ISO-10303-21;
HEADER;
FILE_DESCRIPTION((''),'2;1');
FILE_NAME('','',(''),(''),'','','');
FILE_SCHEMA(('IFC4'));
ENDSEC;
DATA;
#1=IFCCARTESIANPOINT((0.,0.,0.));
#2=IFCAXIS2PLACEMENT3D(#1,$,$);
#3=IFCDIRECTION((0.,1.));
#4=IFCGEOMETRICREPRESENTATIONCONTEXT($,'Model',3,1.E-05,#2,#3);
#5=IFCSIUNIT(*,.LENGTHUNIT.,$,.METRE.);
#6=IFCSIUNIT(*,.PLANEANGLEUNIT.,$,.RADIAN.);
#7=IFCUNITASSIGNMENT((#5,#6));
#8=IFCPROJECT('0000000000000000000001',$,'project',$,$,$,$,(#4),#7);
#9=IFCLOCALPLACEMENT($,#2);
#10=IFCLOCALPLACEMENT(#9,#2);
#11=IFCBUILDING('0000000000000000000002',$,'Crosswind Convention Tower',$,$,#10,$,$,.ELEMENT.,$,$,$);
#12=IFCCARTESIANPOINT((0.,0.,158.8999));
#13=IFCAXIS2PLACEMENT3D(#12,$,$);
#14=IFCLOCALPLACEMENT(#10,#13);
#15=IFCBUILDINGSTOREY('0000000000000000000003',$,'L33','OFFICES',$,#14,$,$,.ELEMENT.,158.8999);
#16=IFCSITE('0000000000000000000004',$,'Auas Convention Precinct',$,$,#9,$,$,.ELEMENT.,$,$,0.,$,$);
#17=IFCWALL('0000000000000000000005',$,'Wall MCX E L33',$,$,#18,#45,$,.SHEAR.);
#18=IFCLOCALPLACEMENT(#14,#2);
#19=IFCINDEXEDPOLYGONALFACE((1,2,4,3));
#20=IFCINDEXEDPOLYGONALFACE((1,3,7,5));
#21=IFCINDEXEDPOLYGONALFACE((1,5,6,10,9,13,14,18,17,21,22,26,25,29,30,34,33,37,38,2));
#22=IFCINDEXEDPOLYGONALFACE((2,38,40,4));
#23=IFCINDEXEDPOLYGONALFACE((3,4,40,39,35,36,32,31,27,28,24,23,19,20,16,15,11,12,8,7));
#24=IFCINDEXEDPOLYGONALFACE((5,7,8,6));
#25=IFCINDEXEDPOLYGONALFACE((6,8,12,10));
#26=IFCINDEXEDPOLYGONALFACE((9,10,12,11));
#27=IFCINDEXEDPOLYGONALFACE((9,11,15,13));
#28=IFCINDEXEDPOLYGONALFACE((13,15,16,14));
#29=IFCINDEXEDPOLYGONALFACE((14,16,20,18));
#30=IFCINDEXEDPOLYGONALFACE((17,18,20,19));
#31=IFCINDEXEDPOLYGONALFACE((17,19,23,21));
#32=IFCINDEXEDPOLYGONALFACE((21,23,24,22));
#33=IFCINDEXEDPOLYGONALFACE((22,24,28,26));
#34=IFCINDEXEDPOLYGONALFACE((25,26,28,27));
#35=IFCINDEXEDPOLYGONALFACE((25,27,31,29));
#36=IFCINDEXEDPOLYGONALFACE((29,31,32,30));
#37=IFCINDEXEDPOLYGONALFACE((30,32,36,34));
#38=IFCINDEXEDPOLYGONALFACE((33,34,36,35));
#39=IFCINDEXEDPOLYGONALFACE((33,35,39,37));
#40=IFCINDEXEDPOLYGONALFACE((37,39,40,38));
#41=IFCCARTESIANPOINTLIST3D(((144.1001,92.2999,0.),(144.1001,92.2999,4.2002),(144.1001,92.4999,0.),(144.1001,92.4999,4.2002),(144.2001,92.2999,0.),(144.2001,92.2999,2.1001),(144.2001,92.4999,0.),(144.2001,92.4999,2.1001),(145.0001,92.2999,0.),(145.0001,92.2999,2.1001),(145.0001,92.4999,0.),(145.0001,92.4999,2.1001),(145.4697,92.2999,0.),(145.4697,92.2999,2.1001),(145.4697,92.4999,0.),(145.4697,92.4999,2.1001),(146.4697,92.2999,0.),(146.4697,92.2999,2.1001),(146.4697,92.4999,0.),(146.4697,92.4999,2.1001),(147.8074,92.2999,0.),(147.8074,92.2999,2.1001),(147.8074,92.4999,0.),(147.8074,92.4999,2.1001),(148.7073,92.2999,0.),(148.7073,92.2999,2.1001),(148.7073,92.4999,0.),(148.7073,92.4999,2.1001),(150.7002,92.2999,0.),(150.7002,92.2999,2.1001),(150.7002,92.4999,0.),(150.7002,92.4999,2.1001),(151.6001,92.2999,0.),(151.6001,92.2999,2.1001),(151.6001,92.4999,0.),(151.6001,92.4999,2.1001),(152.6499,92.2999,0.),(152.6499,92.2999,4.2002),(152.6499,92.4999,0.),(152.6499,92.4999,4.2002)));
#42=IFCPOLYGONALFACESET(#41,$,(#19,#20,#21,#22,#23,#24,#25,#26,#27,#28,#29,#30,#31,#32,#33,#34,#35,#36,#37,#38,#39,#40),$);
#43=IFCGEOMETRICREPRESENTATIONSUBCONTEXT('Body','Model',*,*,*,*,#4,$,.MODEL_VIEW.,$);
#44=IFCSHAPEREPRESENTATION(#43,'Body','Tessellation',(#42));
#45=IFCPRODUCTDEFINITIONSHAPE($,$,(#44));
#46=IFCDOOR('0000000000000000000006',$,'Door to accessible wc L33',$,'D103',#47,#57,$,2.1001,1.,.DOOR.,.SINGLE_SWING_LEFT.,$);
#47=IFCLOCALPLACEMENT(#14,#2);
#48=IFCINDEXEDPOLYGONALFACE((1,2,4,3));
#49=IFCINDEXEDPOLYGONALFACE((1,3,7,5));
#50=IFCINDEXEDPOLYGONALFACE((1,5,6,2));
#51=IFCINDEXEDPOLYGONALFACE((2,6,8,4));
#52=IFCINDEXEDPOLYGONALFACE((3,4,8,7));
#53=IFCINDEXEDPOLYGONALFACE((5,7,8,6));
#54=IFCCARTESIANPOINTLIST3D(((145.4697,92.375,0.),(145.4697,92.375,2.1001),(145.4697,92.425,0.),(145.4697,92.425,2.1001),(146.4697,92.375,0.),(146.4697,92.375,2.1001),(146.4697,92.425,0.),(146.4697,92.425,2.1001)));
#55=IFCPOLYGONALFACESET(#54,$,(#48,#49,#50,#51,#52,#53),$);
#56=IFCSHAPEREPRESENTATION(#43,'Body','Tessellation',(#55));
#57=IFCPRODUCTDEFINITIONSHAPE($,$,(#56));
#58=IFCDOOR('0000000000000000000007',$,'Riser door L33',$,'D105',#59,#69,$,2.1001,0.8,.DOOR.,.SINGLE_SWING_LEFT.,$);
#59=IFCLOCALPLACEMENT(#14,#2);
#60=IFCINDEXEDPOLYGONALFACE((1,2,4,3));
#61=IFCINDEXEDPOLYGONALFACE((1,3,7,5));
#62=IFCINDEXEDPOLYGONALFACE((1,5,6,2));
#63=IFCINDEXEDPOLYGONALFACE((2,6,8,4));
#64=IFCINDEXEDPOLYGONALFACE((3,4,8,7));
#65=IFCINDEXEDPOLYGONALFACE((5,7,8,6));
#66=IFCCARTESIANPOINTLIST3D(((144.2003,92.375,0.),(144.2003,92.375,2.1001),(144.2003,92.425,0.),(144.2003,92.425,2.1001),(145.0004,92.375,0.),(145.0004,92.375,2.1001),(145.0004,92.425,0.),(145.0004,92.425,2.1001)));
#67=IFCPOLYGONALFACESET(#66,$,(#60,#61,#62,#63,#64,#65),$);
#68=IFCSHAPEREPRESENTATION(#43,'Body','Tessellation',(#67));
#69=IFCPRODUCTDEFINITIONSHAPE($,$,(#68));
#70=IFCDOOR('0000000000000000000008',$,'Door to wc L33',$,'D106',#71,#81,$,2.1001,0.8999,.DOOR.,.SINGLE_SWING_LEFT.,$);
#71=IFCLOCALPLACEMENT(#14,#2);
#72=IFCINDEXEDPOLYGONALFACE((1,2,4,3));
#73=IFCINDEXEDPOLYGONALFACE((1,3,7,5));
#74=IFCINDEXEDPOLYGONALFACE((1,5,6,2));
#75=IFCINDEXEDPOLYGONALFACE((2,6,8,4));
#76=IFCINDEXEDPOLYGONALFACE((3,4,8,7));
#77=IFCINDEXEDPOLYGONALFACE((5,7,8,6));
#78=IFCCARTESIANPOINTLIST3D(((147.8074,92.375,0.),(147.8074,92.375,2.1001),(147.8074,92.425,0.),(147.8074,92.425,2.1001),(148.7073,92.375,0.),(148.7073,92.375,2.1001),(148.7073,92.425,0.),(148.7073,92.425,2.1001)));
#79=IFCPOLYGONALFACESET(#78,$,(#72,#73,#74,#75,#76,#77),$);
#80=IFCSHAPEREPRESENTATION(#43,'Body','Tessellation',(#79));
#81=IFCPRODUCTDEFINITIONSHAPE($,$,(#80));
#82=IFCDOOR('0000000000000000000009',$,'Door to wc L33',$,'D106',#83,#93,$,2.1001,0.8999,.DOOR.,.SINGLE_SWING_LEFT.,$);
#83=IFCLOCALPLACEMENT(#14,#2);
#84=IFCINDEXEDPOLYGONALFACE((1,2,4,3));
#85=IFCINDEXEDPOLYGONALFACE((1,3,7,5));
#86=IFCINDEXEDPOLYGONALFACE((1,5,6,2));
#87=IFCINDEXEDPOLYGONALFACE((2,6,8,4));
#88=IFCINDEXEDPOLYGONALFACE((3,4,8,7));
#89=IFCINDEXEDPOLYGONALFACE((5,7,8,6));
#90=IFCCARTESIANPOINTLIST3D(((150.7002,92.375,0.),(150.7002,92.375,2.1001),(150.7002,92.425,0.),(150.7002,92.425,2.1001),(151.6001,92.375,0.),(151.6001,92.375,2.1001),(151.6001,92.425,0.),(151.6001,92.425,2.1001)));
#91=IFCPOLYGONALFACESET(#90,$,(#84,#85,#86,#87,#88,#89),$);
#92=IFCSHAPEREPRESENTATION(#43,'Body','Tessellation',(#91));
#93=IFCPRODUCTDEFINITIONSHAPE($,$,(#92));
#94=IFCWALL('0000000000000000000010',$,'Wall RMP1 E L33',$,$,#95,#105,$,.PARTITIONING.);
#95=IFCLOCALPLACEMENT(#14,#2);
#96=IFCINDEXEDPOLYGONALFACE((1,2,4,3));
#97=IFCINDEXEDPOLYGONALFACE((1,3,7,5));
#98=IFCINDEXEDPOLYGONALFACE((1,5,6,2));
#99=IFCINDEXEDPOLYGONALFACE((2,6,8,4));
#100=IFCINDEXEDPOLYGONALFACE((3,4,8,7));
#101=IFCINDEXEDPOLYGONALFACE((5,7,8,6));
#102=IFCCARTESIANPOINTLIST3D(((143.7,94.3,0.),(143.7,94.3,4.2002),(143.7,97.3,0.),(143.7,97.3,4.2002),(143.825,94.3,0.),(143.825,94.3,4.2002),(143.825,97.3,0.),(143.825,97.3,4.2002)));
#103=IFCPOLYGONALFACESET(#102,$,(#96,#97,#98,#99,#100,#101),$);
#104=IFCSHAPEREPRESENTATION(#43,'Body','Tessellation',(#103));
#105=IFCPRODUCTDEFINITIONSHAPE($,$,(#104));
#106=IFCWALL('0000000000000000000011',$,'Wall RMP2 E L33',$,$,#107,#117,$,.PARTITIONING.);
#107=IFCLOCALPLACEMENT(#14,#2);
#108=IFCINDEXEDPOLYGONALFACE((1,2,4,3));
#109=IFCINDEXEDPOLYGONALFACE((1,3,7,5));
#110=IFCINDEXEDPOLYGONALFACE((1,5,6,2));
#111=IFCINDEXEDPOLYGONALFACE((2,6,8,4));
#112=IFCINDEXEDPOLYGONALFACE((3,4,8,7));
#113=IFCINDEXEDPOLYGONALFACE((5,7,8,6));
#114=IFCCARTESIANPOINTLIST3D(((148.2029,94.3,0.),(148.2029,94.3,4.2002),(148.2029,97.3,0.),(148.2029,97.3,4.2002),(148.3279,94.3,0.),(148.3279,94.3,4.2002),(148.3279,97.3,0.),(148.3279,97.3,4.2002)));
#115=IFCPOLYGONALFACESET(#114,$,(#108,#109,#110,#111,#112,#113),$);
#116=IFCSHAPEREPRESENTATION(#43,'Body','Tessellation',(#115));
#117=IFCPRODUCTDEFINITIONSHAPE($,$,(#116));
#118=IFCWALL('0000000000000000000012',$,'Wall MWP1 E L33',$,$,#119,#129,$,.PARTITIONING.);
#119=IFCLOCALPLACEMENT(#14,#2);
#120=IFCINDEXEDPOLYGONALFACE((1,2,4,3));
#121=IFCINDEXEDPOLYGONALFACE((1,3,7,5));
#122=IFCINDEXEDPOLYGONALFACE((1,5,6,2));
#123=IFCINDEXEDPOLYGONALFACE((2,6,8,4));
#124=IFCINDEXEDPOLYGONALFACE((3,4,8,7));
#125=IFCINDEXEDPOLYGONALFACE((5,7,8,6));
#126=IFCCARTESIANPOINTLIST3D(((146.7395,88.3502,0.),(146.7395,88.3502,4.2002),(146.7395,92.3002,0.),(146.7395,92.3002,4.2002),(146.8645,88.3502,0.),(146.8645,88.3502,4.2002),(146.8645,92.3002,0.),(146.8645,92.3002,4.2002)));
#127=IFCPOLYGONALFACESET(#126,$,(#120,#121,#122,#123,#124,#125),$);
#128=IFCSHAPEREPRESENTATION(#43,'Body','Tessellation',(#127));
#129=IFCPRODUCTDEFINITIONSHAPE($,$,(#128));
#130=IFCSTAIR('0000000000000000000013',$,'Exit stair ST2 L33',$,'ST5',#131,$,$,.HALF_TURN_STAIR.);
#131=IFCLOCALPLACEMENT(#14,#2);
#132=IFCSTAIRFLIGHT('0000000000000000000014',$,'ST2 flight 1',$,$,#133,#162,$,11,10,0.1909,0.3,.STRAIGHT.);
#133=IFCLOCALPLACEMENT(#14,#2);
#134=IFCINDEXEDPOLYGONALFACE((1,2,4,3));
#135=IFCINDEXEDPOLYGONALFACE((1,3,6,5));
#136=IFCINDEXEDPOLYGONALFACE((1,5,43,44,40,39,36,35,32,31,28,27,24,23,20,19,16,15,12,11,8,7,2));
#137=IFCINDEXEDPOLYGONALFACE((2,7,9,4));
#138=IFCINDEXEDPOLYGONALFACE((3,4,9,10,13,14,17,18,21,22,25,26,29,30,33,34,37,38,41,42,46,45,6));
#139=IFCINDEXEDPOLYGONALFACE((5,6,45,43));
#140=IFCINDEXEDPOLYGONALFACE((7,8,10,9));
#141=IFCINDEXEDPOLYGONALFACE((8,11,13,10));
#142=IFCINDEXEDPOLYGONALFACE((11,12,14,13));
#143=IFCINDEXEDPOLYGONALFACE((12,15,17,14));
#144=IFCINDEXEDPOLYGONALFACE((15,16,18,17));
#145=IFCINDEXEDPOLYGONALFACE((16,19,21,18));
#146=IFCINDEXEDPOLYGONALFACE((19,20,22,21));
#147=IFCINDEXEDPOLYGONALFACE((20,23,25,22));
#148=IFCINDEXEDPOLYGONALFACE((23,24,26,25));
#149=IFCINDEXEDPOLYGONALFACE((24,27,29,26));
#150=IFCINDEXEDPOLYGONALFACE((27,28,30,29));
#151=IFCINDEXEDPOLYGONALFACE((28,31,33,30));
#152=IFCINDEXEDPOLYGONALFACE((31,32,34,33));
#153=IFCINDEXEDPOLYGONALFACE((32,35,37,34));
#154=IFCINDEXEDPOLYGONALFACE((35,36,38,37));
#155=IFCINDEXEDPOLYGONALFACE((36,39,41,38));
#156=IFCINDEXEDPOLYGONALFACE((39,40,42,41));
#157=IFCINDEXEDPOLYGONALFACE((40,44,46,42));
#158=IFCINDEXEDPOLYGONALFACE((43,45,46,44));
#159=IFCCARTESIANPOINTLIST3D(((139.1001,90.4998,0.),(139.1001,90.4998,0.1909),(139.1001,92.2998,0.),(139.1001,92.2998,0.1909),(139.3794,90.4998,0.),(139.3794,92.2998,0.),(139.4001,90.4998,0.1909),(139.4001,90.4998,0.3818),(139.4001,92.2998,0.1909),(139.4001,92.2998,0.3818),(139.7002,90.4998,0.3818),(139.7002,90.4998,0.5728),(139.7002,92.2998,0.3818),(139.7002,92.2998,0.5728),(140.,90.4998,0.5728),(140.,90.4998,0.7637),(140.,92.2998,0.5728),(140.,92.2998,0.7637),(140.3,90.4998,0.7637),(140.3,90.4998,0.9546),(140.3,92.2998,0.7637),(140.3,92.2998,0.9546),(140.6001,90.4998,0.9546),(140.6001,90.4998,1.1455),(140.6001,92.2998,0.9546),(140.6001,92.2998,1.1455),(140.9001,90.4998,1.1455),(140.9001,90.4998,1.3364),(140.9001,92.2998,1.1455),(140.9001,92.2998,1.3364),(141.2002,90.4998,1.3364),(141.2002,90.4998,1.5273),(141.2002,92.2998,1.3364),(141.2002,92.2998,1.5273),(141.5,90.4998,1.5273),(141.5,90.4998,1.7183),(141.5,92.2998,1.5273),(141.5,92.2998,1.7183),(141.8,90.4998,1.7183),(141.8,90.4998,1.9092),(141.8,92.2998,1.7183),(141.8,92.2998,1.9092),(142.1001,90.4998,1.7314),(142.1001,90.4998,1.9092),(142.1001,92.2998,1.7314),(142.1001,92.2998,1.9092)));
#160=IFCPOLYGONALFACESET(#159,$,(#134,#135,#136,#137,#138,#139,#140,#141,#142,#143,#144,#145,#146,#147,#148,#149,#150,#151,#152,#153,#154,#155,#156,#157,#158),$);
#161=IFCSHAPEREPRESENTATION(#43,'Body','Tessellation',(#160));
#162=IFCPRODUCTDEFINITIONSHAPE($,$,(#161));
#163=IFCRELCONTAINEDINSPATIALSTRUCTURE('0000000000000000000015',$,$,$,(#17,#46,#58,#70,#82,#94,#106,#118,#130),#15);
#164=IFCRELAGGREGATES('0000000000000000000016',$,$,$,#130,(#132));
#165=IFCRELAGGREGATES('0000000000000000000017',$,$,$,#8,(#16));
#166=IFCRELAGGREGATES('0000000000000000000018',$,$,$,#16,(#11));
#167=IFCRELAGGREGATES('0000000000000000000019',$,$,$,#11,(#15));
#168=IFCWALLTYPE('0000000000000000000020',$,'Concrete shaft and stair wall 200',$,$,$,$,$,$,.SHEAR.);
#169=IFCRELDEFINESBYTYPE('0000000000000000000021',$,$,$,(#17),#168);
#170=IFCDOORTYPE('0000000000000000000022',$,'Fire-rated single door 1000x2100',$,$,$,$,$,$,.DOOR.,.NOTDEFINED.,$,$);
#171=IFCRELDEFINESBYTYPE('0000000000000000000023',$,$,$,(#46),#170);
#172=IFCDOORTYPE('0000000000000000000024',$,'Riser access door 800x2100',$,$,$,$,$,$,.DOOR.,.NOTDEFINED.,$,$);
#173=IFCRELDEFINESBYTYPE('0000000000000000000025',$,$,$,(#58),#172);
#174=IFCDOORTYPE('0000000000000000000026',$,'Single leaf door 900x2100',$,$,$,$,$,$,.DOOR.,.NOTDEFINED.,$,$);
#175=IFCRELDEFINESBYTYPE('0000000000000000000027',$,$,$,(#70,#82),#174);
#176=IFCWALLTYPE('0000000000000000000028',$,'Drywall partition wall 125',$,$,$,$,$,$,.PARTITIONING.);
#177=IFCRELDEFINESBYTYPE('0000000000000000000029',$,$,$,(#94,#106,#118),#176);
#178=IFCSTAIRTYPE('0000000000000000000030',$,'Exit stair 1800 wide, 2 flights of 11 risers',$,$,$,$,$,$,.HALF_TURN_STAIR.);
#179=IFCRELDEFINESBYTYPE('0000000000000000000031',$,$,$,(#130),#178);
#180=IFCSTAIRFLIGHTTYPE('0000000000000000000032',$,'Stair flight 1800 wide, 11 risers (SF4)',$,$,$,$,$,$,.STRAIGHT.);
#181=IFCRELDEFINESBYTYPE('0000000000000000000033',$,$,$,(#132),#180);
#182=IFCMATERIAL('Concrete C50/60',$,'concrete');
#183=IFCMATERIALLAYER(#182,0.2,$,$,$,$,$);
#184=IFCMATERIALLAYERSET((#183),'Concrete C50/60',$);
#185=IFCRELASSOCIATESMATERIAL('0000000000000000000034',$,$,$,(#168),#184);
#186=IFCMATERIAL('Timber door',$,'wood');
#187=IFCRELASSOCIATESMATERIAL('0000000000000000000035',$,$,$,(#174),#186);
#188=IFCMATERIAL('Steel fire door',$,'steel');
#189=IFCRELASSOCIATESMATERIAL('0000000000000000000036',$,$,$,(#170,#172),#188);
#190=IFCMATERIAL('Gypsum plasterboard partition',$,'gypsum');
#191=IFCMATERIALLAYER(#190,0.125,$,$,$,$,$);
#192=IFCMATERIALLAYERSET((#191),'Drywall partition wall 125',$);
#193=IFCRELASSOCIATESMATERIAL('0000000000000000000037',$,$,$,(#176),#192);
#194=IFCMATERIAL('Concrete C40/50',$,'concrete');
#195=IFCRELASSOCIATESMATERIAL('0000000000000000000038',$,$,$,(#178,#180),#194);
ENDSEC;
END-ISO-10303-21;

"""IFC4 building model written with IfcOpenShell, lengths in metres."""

from ifc_helpers import new_model, si_unit, direction, frame, frame_2d, origin, place, context, subcontext, project, spatial, polyline, rectangle, outline, extrude, material, layer, layer_set, type_object, element, fill, aggregate, save


model = new_model("IFC4")

# Units and contexts
model_context = context("Model", 3, precision=1e-05, world=origin(), true_north=direction((0.0, 1.0)))
body_context = subcontext(model_context, "Body", "Model", "MODEL_VIEW")
ifc_project = project(units=[si_unit("LENGTHUNIT", "METRE"), si_unit("PLANEANGLEUNIT", "RADIAN")], contexts=[model_context])

# Site, building, storey
site_placement = place(None, origin())
site = spatial("IfcSite", under=ifc_project, at=site_placement, Name="Auas Convention Precinct", CompositionType="ELEMENT", RefElevation=0.0)
building_placement = place(site_placement, origin())
building = spatial("IfcBuilding", under=site, at=building_placement, Name="Crosswind Convention Tower", CompositionType="ELEMENT")
storey_placement = place(building_placement, frame((0.0, 0.0, 158.8999)))
storey = spatial("IfcBuildingStorey", under=building, at=storey_placement, Name="L33", Description="OFFICES", CompositionType="ELEMENT", Elevation=158.8999)

# Shared definitions
ifc_material_1 = material(Name="Concrete C50/60", Category="concrete")
ifc_layer_1 = layer(ifc_material_1, 0.2)
ifc_layer_set_1 = layer_set([ifc_layer_1], Name="Concrete C50/60")
wall_type_1 = type_object("IfcWallType", Name="Concrete shaft and stair wall 200", PredefinedType="SHEAR", material=ifc_layer_set_1)

# Shared definitions
ifc_material_2 = material(Name="Timber door", Category="wood")
door_type_1 = type_object("IfcDoorType", Name="Single leaf door 900x2100", OperationType="NOTDEFINED", PredefinedType="DOOR", material=ifc_material_2)

# Wall, openings, doors
wall_1_placement = place(storey_placement, frame((144.1001, 92.3999, 0.0), z_axis=(0.0, 0.0, 1.0), x_axis=(1.0, 0.0, 0.0)))
wall_1 = element("IfcWall", 1, at=wall_1_placement, inside=storey, type_object=wall_type_1, Name="Wall MCX E L33", PredefinedType="SHEAR", context=body_context, shape_type="SweptSolid", body=[
    extrude(rectangle(XDim=8.5498, YDim=0.2, at=frame_2d((4.2749, 0.0))), origin(), (0.0, 0.0, 1.0), 4.2002),
])
opening_1_placement = place(wall_1_placement, frame((0.1001, 0.0, 0.0)))
opening_1 = element("IfcOpeningElement", 2, at=opening_1_placement, cuts=wall_1, PredefinedType="OPENING", context=body_context, shape_type="SweptSolid", body=[
    extrude(rectangle(XDim=0.8, YDim=2.1001, at=frame_2d((0.3999, 1.05))), frame((0.0, 0.1099, 0.0), z_axis=(0.0, -1.0, 0.0), x_axis=(1.0, 0.0, 0.0)), (0.0, 0.0, 1.0), 0.22),
])
opening_2_placement = place(wall_1_placement, frame((1.3696, 0.0, 0.0)))
opening_2 = element("IfcOpeningElement", 3, at=opening_2_placement, cuts=wall_1, PredefinedType="OPENING", context=body_context, shape_type="SweptSolid", body=[
    extrude(rectangle(XDim=1.0, YDim=2.1001, at=frame_2d((0.5, 1.05))), frame((0.0, 0.1099, 0.0), z_axis=(0.0, -1.0, 0.0), x_axis=(1.0, 0.0, 0.0)), (0.0, 0.0, 1.0), 0.22),
])
opening_3_placement = place(wall_1_placement, frame((3.7073, 0.0, 0.0)))
opening_3 = element("IfcOpeningElement", 4, at=opening_3_placement, cuts=wall_1, PredefinedType="OPENING", context=body_context, shape_type="SweptSolid", body=[
    extrude(rectangle(XDim=0.8999, YDim=2.1001, at=frame_2d((0.45, 1.05))), frame((0.0, 0.1099, 0.0), z_axis=(0.0, -1.0, 0.0), x_axis=(1.0, 0.0, 0.0)), (0.0, 0.0, 1.0), 0.22),
])
opening_4_placement = place(wall_1_placement, frame((6.6001, 0.0, 0.0)))
opening_4 = element("IfcOpeningElement", 5, at=opening_4_placement, cuts=wall_1, PredefinedType="OPENING", context=body_context, shape_type="SweptSolid", body=[
    extrude(rectangle(XDim=0.8999, YDim=2.1001, at=frame_2d((0.45, 1.05))), frame((0.0, 0.1099, 0.0), z_axis=(0.0, -1.0, 0.0), x_axis=(1.0, 0.0, 0.0)), (0.0, 0.0, 1.0), 0.22),
])
ifc_material_3 = material(Name="Steel fire door", Category="steel")
door_type_2 = type_object("IfcDoorType", Name="Fire-rated single door 1000x2100", OperationType="NOTDEFINED", PredefinedType="DOOR", material=ifc_material_3)
door_1_placement = place(opening_2_placement, frame((1.0, 0.0, 0.0), z_axis=(0.0, 0.0, 1.0), x_axis=(-1.0, 0.0, 0.0)))
door_1 = element("IfcDoor", 6, at=door_1_placement, inside=storey, type_object=door_type_2, Name="Door to accessible wc L33", ObjectType="D103", OperationType="SINGLE_SWING_LEFT", OverallHeight=2.1001, OverallWidth=1.0, PredefinedType="DOOR", context=body_context, shape_type="SweptSolid", body=[
    extrude(rectangle(XDim=1.0, YDim=2.1001, at=frame_2d((0.5, 1.05))), frame((0.0, 0.0249, 0.0), z_axis=(0.0, -1.0, 0.0), x_axis=(1.0, 0.0, 0.0)), (0.0, 0.0, 1.0), 0.05),
])
fill(opening_2, door_1)
door_type_3 = type_object("IfcDoorType", Name="Riser access door 800x2100", OperationType="NOTDEFINED", PredefinedType="DOOR", material=ifc_material_3)
door_2_placement = place(opening_1_placement, frame((0.8, 0.0, 0.0), z_axis=(0.0, 0.0, 1.0), x_axis=(-1.0, 0.0, 0.0)))
door_2 = element("IfcDoor", 7, at=door_2_placement, inside=storey, type_object=door_type_3, Name="Riser door L33", ObjectType="D105", OperationType="SINGLE_SWING_LEFT", OverallHeight=2.1001, OverallWidth=0.8, PredefinedType="DOOR", context=body_context, shape_type="SweptSolid", body=[
    extrude(rectangle(XDim=0.8, YDim=2.1001, at=frame_2d((0.3999, 1.05))), frame((0.0, 0.0249, 0.0), z_axis=(0.0, -1.0, 0.0), x_axis=(1.0, 0.0, 0.0)), (0.0, 0.0, 1.0), 0.05),
])
fill(opening_1, door_2)
door_3_placement = place(opening_3_placement, frame((0.8999, 0.0, 0.0), z_axis=(0.0, 0.0, 1.0), x_axis=(-1.0, 0.0, 0.0)))
door_3 = element("IfcDoor", 8, at=door_3_placement, inside=storey, type_object=door_type_1, Name="Door to wc L33", ObjectType="D106", OperationType="SINGLE_SWING_LEFT", OverallHeight=2.1001, OverallWidth=0.8999, PredefinedType="DOOR", context=body_context, shape_type="SweptSolid", body=[
    extrude(rectangle(XDim=0.8999, YDim=2.1001, at=frame_2d((0.45, 1.05))), frame((0.0, 0.0249, 0.0), z_axis=(0.0, -1.0, 0.0), x_axis=(1.0, 0.0, 0.0)), (0.0, 0.0, 1.0), 0.05),
])
fill(opening_3, door_3)
door_4_placement = place(opening_4_placement, frame((0.8999, 0.0, 0.0), z_axis=(0.0, 0.0, 1.0), x_axis=(-1.0, 0.0, 0.0)))
door_4 = element("IfcDoor", 9, at=door_4_placement, inside=storey, type_object=door_type_1, Name="Door to wc L33", ObjectType="D106", OperationType="SINGLE_SWING_LEFT", OverallHeight=2.1001, OverallWidth=0.8999, PredefinedType="DOOR", context=body_context, shape_type="SweptSolid", body=[
    extrude(rectangle(XDim=0.8999, YDim=2.1001, at=frame_2d((0.45, 1.05))), frame((0.0, 0.0249, 0.0), z_axis=(0.0, -1.0, 0.0), x_axis=(1.0, 0.0, 0.0)), (0.0, 0.0, 1.0), 0.05),
])
fill(opening_4, door_4)

# Walls
ifc_material_4 = material(Name="Gypsum plasterboard partition", Category="gypsum")
ifc_layer_2 = layer(ifc_material_4, 0.125)
ifc_layer_set_2 = layer_set([ifc_layer_2], Name="Drywall partition wall 125")
wall_type_2 = type_object("IfcWallType", Name="Drywall partition wall 125", PredefinedType="PARTITIONING", material=ifc_layer_set_2)
for number, where, z_axis, x_axis, name in (
    (10, (143.7625, 94.3, 0.0), (0.0, 0.0, 1.0), (0.0, 1.0, 0.0), "Wall RMP1 E L33"),
    (11, (148.2654, 94.3, 0.0), (0.0, 0.0, 1.0), (0.0, 1.0, 0.0), "Wall RMP2 E L33"),
):
    element("IfcWall", number, at=place(storey_placement, frame(where, z_axis=z_axis, x_axis=x_axis)), inside=storey, type_object=wall_type_2, Name=name, PredefinedType="PARTITIONING", context=body_context, shape_type="SweptSolid", body=[
        extrude(rectangle(XDim=3.0, YDim=0.125, at=frame_2d((1.5, 0.0))), origin(), (0.0, 0.0, 1.0), 4.2002),
    ])
wall_2_placement = place(storey_placement, frame((146.802, 88.3501, 0.0), z_axis=(0.0, 0.0, 1.0), x_axis=(0.0, 1.0, 0.0)))
element("IfcWall", 12, at=wall_2_placement, inside=storey, type_object=wall_type_2, Name="Wall MWP1 E L33", PredefinedType="PARTITIONING", context=body_context, shape_type="SweptSolid", body=[
    extrude(rectangle(XDim=3.95, YDim=0.125, at=frame_2d((1.9751, 0.0))), origin(), (0.0, 0.0, 1.0), 4.2002),
])

# Stair, stair flight
ifc_material_5 = material(Name="Concrete C40/50", Category="concrete")
stair_type = type_object("IfcStairType", Name="Exit stair 1800 wide, 2 flights of 11 risers", PredefinedType="HALF_TURN_STAIR", material=ifc_material_5)
stair_placement = place(storey_placement, origin())
stair = element("IfcStair", 13, at=stair_placement, inside=storey, type_object=stair_type, Name="Exit stair ST2 L33", ObjectType="ST5", PredefinedType="HALF_TURN_STAIR")
stair_flight_type = type_object("IfcStairFlightType", Name="Stair flight 1800 wide, 11 risers (SF4)", PredefinedType="STRAIGHT", material=ifc_material_5)
stair_flight_1_placement = place(storey_placement, frame((139.1001, 91.3999, 0.0), z_axis=(0.0, 0.0, 1.0), x_axis=(1.0, 0.0, 0.0)))
stair_flight_1 = element("IfcStairFlight", 14, at=stair_flight_1_placement, type_object=stair_flight_type, Name="ST2 flight 1", NumberOfRisers=11, NumberOfTreads=10, PredefinedType="STRAIGHT", RiserHeight=0.1909, TreadLength=0.3, context=body_context, shape_type="SweptSolid", body=[
    extrude(outline(polyline([(0.0, 0.0), (0.0, 0.1909), (0.3, 0.1909), (0.3, 0.3818), (0.6001, 0.3818), (0.6001, 0.5728), (0.8999, 0.5728), (0.8999, 0.7637), (1.2, 0.7637), (1.2, 0.9546), (1.5, 0.9546), (1.5, 1.1455), (1.8, 1.1455), (1.8, 1.3364), (2.1001, 1.3364), (2.1001, 1.5273), (2.3999, 1.5273), (2.3999, 1.7183), (2.7, 1.7183), (2.7, 1.9092), (3.0, 1.9092), (3.0, 2.1001), (3.0, 1.7314), (0.2793, 0.0), (0.0, 0.0)])), frame((0.0, 0.8999, 0.0), z_axis=(0.0, -1.0, 0.0), x_axis=(1.0, 0.0, 0.0)), (0.0, 0.0, 1.0), 1.8),
])
aggregate(stair, [stair_flight_1])

save(model, "model.ifc")
